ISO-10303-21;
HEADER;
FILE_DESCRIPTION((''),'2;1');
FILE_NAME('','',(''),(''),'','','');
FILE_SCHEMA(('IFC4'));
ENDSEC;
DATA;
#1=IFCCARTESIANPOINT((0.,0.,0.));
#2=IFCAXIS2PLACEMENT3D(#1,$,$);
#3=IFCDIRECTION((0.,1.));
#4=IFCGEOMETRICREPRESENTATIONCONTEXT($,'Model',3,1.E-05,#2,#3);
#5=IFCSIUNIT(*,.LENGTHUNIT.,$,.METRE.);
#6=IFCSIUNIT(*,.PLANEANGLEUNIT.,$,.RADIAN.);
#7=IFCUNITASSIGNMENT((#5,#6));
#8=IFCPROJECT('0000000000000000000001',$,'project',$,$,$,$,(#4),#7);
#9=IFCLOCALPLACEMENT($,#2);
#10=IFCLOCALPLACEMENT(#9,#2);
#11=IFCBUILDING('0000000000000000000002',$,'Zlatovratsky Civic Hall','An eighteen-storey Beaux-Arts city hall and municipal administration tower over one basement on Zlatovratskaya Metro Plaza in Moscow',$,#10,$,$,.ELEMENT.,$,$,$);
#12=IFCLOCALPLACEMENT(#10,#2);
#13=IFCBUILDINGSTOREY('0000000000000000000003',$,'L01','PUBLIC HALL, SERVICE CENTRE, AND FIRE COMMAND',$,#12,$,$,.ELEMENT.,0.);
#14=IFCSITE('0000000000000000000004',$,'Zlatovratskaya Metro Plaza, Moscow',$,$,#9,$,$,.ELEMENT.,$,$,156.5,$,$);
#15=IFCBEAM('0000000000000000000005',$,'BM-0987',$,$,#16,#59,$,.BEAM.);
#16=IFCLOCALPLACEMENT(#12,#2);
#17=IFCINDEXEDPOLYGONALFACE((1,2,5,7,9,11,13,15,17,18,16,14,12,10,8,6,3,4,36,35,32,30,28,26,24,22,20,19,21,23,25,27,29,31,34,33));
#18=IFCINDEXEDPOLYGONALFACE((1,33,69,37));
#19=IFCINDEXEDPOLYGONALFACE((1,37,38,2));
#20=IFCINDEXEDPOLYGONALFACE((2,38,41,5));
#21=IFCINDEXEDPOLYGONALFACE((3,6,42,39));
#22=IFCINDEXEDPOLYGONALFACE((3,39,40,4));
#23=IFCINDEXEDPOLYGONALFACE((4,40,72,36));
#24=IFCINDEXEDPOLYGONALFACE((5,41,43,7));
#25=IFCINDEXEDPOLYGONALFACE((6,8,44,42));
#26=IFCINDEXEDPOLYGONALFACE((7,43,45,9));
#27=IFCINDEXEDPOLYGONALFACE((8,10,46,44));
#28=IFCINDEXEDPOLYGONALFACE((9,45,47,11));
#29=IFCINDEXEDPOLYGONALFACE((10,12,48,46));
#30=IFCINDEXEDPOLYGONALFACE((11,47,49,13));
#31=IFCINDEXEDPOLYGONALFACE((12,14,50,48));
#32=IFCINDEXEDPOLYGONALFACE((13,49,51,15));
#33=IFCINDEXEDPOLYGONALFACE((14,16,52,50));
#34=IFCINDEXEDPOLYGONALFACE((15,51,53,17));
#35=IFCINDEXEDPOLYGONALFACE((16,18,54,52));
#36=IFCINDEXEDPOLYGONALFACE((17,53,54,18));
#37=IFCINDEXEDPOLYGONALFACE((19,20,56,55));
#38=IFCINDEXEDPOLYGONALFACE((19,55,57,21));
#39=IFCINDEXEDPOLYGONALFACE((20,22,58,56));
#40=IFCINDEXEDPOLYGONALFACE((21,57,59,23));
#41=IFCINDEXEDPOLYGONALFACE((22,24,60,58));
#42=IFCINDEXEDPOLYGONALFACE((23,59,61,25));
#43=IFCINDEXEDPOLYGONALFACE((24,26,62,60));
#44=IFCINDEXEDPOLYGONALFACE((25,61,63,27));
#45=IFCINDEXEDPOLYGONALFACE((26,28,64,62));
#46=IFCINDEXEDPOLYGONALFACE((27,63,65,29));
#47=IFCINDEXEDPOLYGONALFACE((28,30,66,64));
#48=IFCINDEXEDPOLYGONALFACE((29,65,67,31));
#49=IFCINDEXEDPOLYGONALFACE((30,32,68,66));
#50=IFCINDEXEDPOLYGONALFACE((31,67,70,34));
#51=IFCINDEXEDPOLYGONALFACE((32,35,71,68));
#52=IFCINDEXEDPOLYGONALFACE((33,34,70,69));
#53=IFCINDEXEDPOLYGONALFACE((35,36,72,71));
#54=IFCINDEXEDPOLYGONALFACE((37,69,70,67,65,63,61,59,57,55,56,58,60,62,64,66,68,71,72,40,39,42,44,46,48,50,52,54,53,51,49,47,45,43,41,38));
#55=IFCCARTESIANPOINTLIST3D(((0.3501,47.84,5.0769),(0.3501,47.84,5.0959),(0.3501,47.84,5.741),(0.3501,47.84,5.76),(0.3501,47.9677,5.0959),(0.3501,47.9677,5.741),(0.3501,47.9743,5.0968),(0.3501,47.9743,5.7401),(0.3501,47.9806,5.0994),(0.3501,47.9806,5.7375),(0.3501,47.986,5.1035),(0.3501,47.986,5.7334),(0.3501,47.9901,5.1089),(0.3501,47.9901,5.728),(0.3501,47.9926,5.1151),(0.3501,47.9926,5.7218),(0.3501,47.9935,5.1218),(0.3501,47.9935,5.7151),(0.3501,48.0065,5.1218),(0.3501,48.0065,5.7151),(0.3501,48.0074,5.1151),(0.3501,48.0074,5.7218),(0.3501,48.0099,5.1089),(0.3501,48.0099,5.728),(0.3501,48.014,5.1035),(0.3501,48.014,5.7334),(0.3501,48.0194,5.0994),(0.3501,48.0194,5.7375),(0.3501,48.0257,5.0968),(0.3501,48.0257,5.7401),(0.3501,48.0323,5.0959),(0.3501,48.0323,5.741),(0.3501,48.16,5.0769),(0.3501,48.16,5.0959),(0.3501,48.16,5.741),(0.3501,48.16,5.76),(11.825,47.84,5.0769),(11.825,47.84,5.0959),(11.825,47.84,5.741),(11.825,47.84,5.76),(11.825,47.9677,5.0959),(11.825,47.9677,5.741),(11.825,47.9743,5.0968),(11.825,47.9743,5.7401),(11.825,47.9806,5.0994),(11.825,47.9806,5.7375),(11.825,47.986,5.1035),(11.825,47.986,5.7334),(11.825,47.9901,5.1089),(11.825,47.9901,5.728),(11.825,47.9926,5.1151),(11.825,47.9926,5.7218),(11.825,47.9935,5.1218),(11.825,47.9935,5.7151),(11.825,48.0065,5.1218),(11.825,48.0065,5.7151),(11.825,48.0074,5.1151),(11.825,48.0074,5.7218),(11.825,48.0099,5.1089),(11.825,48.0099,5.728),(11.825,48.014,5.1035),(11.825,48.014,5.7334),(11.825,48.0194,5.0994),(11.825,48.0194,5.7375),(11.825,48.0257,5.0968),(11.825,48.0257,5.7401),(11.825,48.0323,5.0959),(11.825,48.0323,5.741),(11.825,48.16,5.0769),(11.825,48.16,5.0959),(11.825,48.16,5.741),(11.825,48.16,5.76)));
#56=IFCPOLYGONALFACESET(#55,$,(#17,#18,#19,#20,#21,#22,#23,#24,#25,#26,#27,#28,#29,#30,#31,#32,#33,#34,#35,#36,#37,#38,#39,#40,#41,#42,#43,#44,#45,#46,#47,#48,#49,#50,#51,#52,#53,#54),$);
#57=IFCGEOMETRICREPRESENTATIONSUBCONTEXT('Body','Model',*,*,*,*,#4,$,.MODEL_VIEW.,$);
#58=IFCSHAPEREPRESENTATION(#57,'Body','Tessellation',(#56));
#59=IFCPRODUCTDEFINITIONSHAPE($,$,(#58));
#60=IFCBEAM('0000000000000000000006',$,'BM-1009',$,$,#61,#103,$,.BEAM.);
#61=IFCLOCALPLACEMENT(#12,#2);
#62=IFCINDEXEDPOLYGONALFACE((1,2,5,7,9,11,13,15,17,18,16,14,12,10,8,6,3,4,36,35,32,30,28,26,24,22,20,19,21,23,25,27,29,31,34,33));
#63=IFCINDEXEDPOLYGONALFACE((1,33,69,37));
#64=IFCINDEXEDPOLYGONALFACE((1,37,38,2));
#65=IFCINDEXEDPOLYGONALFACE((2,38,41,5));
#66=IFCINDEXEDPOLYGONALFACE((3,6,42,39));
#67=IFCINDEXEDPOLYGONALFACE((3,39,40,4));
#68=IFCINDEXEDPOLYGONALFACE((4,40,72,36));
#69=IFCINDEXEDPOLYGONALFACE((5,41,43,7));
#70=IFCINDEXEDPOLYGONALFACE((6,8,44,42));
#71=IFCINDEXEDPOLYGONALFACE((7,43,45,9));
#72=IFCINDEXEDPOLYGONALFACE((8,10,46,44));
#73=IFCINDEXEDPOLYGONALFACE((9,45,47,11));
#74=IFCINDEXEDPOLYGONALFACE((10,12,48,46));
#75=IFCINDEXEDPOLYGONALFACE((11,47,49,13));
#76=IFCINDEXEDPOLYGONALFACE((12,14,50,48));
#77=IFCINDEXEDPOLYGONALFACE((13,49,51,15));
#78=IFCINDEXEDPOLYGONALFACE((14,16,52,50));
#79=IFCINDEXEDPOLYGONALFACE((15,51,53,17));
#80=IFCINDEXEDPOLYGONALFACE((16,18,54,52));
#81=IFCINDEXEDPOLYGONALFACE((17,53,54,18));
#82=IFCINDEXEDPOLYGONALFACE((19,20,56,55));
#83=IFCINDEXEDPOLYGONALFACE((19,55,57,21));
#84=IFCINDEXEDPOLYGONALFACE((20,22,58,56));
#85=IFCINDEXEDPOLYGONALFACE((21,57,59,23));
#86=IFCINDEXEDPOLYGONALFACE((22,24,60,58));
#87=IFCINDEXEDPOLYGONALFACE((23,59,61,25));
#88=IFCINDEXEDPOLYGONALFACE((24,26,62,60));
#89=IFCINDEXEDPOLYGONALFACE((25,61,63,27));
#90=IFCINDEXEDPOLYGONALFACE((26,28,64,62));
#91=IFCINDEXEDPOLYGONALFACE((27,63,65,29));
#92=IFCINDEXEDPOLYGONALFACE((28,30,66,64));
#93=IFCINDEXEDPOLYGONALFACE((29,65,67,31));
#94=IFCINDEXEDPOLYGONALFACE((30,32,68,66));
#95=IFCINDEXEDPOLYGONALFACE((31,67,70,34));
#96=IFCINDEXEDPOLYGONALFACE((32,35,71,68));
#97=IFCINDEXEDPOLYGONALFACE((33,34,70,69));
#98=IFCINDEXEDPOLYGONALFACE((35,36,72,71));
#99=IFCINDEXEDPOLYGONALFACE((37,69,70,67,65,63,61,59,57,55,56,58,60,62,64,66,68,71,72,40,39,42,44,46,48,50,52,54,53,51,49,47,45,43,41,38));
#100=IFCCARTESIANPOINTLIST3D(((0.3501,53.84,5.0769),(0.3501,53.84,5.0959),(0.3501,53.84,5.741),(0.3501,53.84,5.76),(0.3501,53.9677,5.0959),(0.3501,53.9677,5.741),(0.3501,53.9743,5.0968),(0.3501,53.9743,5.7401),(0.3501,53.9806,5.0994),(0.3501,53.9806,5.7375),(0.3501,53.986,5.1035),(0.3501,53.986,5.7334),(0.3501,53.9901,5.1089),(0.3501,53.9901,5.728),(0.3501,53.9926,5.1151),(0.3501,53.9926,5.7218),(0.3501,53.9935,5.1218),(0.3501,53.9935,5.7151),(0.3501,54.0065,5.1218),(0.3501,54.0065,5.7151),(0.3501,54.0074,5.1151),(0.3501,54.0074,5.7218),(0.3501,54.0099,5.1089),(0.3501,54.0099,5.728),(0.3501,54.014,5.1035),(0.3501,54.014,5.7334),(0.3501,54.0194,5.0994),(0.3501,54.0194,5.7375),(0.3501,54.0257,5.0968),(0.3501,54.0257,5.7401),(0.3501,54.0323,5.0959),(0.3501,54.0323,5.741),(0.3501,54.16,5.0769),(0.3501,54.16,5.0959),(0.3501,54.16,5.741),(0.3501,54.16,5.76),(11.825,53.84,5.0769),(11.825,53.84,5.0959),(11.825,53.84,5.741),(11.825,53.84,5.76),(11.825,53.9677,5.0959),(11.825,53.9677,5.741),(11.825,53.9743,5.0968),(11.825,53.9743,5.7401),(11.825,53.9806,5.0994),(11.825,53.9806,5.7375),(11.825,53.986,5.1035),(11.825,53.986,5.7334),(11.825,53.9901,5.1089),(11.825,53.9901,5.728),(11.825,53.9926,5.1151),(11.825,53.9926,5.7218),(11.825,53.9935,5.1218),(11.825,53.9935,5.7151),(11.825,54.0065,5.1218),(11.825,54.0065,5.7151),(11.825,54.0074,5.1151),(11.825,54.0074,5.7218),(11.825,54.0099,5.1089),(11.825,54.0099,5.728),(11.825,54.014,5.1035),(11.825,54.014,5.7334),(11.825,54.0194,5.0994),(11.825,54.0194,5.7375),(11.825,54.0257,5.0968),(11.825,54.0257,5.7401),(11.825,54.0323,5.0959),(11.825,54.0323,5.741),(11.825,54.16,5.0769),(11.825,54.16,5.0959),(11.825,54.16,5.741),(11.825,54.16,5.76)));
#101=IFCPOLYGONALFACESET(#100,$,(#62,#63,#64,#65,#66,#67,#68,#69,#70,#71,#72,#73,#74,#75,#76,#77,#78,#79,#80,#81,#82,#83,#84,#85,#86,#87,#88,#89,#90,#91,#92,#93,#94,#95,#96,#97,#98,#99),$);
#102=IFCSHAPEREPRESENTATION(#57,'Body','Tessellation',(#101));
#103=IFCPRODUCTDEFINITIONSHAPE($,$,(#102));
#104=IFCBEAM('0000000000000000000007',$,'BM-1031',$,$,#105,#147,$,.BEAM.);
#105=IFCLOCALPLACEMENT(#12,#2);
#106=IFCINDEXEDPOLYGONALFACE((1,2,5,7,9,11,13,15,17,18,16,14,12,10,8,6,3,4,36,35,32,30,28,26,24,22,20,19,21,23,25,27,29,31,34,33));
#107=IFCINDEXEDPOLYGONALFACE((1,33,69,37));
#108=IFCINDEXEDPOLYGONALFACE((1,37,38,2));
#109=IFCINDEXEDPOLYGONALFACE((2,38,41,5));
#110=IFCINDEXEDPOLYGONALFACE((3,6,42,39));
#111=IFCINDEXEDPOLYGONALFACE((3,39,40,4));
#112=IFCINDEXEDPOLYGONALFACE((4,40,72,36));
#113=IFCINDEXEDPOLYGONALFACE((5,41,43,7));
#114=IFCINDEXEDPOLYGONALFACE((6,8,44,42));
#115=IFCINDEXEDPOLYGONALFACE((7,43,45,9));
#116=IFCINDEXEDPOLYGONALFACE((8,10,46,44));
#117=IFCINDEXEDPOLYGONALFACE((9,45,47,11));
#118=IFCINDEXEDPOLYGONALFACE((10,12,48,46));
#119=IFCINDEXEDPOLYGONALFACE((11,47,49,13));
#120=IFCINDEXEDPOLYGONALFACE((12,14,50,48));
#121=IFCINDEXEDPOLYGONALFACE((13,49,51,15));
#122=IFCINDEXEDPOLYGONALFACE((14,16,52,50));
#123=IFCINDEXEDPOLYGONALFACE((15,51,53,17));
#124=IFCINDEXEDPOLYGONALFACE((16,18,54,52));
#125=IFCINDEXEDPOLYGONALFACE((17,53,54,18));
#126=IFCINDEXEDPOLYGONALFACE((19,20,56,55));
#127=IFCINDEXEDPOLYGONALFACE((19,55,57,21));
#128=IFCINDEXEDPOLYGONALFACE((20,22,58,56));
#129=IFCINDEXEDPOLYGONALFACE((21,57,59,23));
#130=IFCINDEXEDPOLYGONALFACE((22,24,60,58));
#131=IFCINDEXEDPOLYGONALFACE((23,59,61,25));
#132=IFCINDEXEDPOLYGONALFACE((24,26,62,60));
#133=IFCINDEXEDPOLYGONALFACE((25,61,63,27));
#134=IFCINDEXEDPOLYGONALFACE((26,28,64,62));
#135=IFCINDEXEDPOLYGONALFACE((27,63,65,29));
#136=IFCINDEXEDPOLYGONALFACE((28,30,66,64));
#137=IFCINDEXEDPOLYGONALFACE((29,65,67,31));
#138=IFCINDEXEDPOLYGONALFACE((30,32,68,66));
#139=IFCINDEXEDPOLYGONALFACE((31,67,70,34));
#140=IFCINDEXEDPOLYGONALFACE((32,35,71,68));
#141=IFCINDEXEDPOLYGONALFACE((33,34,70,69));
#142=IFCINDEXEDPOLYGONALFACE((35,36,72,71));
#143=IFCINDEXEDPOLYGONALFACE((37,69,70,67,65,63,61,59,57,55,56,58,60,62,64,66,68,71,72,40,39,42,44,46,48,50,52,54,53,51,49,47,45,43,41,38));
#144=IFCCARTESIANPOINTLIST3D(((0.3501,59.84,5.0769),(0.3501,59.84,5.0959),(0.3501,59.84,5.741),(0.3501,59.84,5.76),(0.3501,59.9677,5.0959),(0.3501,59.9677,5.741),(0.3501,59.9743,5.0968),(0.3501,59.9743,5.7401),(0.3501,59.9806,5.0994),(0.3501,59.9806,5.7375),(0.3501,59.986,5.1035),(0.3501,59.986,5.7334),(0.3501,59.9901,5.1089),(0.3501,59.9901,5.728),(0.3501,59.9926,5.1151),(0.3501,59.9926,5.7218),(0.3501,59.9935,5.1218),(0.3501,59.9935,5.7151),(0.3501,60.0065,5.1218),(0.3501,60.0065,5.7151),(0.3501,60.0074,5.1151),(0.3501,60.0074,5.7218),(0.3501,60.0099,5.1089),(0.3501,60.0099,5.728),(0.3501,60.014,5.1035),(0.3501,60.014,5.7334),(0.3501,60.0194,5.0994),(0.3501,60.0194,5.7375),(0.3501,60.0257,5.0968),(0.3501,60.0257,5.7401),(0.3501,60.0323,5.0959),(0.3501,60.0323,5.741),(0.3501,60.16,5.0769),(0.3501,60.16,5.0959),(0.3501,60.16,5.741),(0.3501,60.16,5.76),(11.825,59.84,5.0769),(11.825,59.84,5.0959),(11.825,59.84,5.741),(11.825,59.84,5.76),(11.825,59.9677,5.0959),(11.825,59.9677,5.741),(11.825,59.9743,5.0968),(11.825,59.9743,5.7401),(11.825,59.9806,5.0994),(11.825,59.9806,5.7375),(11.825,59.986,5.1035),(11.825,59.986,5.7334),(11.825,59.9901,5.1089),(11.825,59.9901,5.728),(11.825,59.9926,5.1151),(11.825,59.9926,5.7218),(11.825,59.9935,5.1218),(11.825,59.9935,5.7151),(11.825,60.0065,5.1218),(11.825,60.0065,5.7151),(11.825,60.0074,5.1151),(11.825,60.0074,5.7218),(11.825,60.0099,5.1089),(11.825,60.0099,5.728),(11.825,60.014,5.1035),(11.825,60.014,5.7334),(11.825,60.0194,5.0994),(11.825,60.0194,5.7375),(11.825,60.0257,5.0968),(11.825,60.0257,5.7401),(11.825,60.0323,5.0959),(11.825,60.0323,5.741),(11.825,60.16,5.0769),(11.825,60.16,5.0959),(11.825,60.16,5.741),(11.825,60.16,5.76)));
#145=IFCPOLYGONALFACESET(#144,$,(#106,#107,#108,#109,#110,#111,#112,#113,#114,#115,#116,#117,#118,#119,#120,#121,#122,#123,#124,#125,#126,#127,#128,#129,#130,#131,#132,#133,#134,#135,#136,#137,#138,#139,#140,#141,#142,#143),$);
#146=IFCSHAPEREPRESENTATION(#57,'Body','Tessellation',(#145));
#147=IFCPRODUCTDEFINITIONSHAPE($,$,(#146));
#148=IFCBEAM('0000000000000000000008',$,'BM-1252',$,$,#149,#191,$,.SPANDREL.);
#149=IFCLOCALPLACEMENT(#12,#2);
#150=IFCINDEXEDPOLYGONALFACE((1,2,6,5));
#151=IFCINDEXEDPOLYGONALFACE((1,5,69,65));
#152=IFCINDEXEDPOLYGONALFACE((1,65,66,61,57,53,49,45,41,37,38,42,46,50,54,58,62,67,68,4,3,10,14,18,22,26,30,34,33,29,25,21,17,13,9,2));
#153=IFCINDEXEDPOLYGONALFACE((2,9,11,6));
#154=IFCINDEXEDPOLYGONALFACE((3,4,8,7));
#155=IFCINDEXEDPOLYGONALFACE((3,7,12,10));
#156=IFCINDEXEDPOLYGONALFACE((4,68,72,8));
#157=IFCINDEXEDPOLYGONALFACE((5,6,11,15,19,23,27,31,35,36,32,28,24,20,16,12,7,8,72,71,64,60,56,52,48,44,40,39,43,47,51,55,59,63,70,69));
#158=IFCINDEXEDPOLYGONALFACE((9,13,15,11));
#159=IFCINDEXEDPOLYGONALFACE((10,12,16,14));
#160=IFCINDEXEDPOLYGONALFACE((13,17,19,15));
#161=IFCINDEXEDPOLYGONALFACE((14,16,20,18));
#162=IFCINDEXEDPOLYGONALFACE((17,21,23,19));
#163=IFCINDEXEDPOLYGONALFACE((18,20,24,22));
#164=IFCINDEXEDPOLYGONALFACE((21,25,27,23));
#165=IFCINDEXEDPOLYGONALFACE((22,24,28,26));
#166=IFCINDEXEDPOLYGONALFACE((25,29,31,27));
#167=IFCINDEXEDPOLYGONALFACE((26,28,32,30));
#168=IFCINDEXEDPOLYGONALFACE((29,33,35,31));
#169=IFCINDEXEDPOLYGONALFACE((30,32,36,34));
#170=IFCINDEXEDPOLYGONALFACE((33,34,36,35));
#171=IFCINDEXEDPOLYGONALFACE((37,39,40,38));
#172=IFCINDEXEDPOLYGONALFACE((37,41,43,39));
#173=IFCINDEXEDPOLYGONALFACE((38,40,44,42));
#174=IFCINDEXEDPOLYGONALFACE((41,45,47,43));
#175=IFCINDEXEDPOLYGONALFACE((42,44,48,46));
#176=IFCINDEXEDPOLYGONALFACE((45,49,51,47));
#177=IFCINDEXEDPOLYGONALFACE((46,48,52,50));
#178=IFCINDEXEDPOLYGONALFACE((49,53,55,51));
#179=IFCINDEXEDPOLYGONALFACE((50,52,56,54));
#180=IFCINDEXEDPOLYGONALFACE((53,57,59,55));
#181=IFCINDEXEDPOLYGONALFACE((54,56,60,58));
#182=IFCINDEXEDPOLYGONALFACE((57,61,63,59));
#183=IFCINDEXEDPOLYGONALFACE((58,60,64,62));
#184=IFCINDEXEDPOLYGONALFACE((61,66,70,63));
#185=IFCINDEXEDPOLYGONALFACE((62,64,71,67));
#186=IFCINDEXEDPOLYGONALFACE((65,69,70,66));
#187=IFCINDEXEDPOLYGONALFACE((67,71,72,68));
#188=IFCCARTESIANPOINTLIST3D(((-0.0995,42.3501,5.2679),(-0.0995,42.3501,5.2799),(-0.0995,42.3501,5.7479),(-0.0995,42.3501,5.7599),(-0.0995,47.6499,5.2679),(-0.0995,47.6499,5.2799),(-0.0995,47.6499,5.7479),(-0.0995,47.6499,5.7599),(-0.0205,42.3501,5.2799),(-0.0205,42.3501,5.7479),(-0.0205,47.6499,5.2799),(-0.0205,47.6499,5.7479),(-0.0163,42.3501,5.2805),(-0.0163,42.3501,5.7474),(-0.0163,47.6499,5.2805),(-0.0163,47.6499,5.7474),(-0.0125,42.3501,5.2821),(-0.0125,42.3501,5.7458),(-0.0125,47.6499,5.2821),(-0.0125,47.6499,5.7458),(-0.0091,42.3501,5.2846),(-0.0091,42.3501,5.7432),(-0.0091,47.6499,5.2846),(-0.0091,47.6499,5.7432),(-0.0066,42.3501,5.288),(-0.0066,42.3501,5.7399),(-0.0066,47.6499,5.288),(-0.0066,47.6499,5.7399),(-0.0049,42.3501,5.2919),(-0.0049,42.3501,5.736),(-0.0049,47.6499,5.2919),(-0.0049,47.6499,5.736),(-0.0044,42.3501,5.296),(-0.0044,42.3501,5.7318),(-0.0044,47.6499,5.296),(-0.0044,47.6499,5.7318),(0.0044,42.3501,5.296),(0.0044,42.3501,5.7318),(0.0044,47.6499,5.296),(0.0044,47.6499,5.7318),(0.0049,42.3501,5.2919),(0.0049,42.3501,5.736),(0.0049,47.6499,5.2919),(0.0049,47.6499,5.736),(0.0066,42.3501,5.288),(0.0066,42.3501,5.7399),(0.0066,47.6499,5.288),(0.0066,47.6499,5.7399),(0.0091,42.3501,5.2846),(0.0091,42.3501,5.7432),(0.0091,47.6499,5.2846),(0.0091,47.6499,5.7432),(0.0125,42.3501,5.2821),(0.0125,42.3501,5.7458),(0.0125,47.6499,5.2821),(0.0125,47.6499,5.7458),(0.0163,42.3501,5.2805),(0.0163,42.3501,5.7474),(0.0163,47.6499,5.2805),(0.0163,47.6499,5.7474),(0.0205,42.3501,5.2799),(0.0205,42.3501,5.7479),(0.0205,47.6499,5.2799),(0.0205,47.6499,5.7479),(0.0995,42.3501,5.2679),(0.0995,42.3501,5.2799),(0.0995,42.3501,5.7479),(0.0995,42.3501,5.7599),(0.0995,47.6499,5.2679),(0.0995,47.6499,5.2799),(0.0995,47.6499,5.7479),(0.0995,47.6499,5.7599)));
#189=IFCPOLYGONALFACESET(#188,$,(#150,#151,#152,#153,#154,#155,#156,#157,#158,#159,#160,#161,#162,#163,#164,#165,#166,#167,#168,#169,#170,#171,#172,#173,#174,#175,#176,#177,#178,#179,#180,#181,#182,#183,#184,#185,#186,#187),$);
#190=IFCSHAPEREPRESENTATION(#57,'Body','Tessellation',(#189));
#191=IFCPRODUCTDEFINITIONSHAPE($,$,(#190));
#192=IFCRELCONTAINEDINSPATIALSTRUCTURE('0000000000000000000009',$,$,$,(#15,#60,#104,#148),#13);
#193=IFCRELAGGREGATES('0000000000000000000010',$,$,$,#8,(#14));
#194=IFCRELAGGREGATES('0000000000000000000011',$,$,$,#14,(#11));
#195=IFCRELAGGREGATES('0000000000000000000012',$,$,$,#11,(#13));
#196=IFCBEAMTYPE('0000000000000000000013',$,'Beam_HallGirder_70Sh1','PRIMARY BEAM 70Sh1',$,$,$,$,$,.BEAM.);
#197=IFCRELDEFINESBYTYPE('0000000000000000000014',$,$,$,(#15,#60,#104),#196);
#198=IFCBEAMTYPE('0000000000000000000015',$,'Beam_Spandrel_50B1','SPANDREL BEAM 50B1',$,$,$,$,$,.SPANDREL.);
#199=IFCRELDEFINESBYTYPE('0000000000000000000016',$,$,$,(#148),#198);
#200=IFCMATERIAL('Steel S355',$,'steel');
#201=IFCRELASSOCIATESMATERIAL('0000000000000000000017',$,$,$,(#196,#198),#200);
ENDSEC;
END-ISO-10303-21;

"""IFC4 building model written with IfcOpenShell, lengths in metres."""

from ifc_helpers import new_model, si_unit, direction, frame, origin, origin_2d, place, context, subcontext, project, spatial, i_section, extrude, material, material_profile, profile_set, type_object, element, save


model = new_model("IFC4")

# Units and contexts
model_context = context("Model", 3, precision=1e-05, world=origin(), true_north=direction((0.0, 1.0)))
body_context = subcontext(model_context, "Body", "Model", "MODEL_VIEW")
ifc_project = project(units=[si_unit("LENGTHUNIT", "METRE"), si_unit("PLANEANGLEUNIT", "RADIAN")], contexts=[model_context])

# Site, building, storey
site_placement = place(None, origin())
site = spatial("IfcSite", under=ifc_project, at=site_placement, Name="Zlatovratskaya Metro Plaza, Moscow", CompositionType="ELEMENT", RefElevation=156.5)
building_placement = place(site_placement, origin())
building = spatial("IfcBuilding", under=site, at=building_placement, Name="Zlatovratsky Civic Hall", Description="An eighteen-storey Beaux-Arts city hall and municipal administration tower over one basement on Zlatovratskaya Metro Plaza in Moscow", CompositionType="ELEMENT")
storey_placement = place(building_placement, origin())
storey = spatial("IfcBuildingStorey", under=building, at=storey_placement, Name="L01", Description="PUBLIC HALL, SERVICE CENTRE, AND FIRE COMMAND", CompositionType="ELEMENT", Elevation=0.0)

# Shared definitions
ifc_material_1 = material(Name="Steel S355", Category="steel")

# Beams
ifc_material_profile_1 = material_profile(ifc_material_1, i_section(OverallWidth=0.3201, OverallDepth=0.6831, WebThickness=0.0129, FlangeThickness=0.019, FilletRadius=0.0259, at=origin_2d()), Name="70Sh1")
ifc_profile_set_1 = profile_set([ifc_material_profile_1], Name="Steel S355")
beam_type_1 = type_object("IfcBeamType", Name="Beam_HallGirder_70Sh1", Description="PRIMARY BEAM 70Sh1", PredefinedType="BEAM", material=ifc_profile_set_1)
for number, where, z_axis, x_axis, name in (
    (1, (0.3501, 48.0, 5.4185), (1.0, 0.0, 0.0), (0.0, 1.0, 0.0), "BM-0987"),
    (2, (0.3501, 54.0, 5.4185), (1.0, 0.0, 0.0), (0.0, 1.0, 0.0), "BM-1009"),
    (3, (0.3501, 60.0, 5.4185), (1.0, 0.0, 0.0), (0.0, 1.0, 0.0), "BM-1031"),
):
    element("IfcBeam", number, at=place(storey_placement, frame(where, z_axis=z_axis, x_axis=x_axis)), inside=storey, type_object=beam_type_1, Name=name, PredefinedType="BEAM", context=body_context, shape_type="SweptSolid", body=[
        extrude(i_section(OverallWidth=0.3201, OverallDepth=0.6831, WebThickness=0.0129, FlangeThickness=0.019, FilletRadius=0.0259, at=origin_2d()), origin(), (0.0, 0.0, 1.0), 11.4749),
    ])
ifc_material_profile_2 = material_profile(ifc_material_1, i_section(OverallWidth=0.199, OverallDepth=0.4919, WebThickness=0.0088, FlangeThickness=0.012, FilletRadius=0.0161, at=origin_2d()), Name="50B1")
ifc_profile_set_2 = profile_set([ifc_material_profile_2], Name="Steel S355")
beam_type_2 = type_object("IfcBeamType", Name="Beam_Spandrel_50B1", Description="SPANDREL BEAM 50B1", PredefinedType="SPANDREL", material=ifc_profile_set_2)
for number, where, z_axis, x_axis, name in (
    (4, (0.0, 42.3501, 5.5139), (0.0, 1.0, 0.0), (-1.0, 0.0, 0.0), "BM-1252"),
):
    element("IfcBeam", number, at=place(storey_placement, frame(where, z_axis=z_axis, x_axis=x_axis)), inside=storey, type_object=beam_type_2, Name=name, PredefinedType="SPANDREL", context=body_context, shape_type="SweptSolid", body=[
        extrude(i_section(OverallWidth=0.199, OverallDepth=0.4919, WebThickness=0.0088, FlangeThickness=0.012, FilletRadius=0.0161, at=origin_2d()), origin(), (0.0, 0.0, 1.0), 5.2998),
    ])

save(model, "model.ifc")
